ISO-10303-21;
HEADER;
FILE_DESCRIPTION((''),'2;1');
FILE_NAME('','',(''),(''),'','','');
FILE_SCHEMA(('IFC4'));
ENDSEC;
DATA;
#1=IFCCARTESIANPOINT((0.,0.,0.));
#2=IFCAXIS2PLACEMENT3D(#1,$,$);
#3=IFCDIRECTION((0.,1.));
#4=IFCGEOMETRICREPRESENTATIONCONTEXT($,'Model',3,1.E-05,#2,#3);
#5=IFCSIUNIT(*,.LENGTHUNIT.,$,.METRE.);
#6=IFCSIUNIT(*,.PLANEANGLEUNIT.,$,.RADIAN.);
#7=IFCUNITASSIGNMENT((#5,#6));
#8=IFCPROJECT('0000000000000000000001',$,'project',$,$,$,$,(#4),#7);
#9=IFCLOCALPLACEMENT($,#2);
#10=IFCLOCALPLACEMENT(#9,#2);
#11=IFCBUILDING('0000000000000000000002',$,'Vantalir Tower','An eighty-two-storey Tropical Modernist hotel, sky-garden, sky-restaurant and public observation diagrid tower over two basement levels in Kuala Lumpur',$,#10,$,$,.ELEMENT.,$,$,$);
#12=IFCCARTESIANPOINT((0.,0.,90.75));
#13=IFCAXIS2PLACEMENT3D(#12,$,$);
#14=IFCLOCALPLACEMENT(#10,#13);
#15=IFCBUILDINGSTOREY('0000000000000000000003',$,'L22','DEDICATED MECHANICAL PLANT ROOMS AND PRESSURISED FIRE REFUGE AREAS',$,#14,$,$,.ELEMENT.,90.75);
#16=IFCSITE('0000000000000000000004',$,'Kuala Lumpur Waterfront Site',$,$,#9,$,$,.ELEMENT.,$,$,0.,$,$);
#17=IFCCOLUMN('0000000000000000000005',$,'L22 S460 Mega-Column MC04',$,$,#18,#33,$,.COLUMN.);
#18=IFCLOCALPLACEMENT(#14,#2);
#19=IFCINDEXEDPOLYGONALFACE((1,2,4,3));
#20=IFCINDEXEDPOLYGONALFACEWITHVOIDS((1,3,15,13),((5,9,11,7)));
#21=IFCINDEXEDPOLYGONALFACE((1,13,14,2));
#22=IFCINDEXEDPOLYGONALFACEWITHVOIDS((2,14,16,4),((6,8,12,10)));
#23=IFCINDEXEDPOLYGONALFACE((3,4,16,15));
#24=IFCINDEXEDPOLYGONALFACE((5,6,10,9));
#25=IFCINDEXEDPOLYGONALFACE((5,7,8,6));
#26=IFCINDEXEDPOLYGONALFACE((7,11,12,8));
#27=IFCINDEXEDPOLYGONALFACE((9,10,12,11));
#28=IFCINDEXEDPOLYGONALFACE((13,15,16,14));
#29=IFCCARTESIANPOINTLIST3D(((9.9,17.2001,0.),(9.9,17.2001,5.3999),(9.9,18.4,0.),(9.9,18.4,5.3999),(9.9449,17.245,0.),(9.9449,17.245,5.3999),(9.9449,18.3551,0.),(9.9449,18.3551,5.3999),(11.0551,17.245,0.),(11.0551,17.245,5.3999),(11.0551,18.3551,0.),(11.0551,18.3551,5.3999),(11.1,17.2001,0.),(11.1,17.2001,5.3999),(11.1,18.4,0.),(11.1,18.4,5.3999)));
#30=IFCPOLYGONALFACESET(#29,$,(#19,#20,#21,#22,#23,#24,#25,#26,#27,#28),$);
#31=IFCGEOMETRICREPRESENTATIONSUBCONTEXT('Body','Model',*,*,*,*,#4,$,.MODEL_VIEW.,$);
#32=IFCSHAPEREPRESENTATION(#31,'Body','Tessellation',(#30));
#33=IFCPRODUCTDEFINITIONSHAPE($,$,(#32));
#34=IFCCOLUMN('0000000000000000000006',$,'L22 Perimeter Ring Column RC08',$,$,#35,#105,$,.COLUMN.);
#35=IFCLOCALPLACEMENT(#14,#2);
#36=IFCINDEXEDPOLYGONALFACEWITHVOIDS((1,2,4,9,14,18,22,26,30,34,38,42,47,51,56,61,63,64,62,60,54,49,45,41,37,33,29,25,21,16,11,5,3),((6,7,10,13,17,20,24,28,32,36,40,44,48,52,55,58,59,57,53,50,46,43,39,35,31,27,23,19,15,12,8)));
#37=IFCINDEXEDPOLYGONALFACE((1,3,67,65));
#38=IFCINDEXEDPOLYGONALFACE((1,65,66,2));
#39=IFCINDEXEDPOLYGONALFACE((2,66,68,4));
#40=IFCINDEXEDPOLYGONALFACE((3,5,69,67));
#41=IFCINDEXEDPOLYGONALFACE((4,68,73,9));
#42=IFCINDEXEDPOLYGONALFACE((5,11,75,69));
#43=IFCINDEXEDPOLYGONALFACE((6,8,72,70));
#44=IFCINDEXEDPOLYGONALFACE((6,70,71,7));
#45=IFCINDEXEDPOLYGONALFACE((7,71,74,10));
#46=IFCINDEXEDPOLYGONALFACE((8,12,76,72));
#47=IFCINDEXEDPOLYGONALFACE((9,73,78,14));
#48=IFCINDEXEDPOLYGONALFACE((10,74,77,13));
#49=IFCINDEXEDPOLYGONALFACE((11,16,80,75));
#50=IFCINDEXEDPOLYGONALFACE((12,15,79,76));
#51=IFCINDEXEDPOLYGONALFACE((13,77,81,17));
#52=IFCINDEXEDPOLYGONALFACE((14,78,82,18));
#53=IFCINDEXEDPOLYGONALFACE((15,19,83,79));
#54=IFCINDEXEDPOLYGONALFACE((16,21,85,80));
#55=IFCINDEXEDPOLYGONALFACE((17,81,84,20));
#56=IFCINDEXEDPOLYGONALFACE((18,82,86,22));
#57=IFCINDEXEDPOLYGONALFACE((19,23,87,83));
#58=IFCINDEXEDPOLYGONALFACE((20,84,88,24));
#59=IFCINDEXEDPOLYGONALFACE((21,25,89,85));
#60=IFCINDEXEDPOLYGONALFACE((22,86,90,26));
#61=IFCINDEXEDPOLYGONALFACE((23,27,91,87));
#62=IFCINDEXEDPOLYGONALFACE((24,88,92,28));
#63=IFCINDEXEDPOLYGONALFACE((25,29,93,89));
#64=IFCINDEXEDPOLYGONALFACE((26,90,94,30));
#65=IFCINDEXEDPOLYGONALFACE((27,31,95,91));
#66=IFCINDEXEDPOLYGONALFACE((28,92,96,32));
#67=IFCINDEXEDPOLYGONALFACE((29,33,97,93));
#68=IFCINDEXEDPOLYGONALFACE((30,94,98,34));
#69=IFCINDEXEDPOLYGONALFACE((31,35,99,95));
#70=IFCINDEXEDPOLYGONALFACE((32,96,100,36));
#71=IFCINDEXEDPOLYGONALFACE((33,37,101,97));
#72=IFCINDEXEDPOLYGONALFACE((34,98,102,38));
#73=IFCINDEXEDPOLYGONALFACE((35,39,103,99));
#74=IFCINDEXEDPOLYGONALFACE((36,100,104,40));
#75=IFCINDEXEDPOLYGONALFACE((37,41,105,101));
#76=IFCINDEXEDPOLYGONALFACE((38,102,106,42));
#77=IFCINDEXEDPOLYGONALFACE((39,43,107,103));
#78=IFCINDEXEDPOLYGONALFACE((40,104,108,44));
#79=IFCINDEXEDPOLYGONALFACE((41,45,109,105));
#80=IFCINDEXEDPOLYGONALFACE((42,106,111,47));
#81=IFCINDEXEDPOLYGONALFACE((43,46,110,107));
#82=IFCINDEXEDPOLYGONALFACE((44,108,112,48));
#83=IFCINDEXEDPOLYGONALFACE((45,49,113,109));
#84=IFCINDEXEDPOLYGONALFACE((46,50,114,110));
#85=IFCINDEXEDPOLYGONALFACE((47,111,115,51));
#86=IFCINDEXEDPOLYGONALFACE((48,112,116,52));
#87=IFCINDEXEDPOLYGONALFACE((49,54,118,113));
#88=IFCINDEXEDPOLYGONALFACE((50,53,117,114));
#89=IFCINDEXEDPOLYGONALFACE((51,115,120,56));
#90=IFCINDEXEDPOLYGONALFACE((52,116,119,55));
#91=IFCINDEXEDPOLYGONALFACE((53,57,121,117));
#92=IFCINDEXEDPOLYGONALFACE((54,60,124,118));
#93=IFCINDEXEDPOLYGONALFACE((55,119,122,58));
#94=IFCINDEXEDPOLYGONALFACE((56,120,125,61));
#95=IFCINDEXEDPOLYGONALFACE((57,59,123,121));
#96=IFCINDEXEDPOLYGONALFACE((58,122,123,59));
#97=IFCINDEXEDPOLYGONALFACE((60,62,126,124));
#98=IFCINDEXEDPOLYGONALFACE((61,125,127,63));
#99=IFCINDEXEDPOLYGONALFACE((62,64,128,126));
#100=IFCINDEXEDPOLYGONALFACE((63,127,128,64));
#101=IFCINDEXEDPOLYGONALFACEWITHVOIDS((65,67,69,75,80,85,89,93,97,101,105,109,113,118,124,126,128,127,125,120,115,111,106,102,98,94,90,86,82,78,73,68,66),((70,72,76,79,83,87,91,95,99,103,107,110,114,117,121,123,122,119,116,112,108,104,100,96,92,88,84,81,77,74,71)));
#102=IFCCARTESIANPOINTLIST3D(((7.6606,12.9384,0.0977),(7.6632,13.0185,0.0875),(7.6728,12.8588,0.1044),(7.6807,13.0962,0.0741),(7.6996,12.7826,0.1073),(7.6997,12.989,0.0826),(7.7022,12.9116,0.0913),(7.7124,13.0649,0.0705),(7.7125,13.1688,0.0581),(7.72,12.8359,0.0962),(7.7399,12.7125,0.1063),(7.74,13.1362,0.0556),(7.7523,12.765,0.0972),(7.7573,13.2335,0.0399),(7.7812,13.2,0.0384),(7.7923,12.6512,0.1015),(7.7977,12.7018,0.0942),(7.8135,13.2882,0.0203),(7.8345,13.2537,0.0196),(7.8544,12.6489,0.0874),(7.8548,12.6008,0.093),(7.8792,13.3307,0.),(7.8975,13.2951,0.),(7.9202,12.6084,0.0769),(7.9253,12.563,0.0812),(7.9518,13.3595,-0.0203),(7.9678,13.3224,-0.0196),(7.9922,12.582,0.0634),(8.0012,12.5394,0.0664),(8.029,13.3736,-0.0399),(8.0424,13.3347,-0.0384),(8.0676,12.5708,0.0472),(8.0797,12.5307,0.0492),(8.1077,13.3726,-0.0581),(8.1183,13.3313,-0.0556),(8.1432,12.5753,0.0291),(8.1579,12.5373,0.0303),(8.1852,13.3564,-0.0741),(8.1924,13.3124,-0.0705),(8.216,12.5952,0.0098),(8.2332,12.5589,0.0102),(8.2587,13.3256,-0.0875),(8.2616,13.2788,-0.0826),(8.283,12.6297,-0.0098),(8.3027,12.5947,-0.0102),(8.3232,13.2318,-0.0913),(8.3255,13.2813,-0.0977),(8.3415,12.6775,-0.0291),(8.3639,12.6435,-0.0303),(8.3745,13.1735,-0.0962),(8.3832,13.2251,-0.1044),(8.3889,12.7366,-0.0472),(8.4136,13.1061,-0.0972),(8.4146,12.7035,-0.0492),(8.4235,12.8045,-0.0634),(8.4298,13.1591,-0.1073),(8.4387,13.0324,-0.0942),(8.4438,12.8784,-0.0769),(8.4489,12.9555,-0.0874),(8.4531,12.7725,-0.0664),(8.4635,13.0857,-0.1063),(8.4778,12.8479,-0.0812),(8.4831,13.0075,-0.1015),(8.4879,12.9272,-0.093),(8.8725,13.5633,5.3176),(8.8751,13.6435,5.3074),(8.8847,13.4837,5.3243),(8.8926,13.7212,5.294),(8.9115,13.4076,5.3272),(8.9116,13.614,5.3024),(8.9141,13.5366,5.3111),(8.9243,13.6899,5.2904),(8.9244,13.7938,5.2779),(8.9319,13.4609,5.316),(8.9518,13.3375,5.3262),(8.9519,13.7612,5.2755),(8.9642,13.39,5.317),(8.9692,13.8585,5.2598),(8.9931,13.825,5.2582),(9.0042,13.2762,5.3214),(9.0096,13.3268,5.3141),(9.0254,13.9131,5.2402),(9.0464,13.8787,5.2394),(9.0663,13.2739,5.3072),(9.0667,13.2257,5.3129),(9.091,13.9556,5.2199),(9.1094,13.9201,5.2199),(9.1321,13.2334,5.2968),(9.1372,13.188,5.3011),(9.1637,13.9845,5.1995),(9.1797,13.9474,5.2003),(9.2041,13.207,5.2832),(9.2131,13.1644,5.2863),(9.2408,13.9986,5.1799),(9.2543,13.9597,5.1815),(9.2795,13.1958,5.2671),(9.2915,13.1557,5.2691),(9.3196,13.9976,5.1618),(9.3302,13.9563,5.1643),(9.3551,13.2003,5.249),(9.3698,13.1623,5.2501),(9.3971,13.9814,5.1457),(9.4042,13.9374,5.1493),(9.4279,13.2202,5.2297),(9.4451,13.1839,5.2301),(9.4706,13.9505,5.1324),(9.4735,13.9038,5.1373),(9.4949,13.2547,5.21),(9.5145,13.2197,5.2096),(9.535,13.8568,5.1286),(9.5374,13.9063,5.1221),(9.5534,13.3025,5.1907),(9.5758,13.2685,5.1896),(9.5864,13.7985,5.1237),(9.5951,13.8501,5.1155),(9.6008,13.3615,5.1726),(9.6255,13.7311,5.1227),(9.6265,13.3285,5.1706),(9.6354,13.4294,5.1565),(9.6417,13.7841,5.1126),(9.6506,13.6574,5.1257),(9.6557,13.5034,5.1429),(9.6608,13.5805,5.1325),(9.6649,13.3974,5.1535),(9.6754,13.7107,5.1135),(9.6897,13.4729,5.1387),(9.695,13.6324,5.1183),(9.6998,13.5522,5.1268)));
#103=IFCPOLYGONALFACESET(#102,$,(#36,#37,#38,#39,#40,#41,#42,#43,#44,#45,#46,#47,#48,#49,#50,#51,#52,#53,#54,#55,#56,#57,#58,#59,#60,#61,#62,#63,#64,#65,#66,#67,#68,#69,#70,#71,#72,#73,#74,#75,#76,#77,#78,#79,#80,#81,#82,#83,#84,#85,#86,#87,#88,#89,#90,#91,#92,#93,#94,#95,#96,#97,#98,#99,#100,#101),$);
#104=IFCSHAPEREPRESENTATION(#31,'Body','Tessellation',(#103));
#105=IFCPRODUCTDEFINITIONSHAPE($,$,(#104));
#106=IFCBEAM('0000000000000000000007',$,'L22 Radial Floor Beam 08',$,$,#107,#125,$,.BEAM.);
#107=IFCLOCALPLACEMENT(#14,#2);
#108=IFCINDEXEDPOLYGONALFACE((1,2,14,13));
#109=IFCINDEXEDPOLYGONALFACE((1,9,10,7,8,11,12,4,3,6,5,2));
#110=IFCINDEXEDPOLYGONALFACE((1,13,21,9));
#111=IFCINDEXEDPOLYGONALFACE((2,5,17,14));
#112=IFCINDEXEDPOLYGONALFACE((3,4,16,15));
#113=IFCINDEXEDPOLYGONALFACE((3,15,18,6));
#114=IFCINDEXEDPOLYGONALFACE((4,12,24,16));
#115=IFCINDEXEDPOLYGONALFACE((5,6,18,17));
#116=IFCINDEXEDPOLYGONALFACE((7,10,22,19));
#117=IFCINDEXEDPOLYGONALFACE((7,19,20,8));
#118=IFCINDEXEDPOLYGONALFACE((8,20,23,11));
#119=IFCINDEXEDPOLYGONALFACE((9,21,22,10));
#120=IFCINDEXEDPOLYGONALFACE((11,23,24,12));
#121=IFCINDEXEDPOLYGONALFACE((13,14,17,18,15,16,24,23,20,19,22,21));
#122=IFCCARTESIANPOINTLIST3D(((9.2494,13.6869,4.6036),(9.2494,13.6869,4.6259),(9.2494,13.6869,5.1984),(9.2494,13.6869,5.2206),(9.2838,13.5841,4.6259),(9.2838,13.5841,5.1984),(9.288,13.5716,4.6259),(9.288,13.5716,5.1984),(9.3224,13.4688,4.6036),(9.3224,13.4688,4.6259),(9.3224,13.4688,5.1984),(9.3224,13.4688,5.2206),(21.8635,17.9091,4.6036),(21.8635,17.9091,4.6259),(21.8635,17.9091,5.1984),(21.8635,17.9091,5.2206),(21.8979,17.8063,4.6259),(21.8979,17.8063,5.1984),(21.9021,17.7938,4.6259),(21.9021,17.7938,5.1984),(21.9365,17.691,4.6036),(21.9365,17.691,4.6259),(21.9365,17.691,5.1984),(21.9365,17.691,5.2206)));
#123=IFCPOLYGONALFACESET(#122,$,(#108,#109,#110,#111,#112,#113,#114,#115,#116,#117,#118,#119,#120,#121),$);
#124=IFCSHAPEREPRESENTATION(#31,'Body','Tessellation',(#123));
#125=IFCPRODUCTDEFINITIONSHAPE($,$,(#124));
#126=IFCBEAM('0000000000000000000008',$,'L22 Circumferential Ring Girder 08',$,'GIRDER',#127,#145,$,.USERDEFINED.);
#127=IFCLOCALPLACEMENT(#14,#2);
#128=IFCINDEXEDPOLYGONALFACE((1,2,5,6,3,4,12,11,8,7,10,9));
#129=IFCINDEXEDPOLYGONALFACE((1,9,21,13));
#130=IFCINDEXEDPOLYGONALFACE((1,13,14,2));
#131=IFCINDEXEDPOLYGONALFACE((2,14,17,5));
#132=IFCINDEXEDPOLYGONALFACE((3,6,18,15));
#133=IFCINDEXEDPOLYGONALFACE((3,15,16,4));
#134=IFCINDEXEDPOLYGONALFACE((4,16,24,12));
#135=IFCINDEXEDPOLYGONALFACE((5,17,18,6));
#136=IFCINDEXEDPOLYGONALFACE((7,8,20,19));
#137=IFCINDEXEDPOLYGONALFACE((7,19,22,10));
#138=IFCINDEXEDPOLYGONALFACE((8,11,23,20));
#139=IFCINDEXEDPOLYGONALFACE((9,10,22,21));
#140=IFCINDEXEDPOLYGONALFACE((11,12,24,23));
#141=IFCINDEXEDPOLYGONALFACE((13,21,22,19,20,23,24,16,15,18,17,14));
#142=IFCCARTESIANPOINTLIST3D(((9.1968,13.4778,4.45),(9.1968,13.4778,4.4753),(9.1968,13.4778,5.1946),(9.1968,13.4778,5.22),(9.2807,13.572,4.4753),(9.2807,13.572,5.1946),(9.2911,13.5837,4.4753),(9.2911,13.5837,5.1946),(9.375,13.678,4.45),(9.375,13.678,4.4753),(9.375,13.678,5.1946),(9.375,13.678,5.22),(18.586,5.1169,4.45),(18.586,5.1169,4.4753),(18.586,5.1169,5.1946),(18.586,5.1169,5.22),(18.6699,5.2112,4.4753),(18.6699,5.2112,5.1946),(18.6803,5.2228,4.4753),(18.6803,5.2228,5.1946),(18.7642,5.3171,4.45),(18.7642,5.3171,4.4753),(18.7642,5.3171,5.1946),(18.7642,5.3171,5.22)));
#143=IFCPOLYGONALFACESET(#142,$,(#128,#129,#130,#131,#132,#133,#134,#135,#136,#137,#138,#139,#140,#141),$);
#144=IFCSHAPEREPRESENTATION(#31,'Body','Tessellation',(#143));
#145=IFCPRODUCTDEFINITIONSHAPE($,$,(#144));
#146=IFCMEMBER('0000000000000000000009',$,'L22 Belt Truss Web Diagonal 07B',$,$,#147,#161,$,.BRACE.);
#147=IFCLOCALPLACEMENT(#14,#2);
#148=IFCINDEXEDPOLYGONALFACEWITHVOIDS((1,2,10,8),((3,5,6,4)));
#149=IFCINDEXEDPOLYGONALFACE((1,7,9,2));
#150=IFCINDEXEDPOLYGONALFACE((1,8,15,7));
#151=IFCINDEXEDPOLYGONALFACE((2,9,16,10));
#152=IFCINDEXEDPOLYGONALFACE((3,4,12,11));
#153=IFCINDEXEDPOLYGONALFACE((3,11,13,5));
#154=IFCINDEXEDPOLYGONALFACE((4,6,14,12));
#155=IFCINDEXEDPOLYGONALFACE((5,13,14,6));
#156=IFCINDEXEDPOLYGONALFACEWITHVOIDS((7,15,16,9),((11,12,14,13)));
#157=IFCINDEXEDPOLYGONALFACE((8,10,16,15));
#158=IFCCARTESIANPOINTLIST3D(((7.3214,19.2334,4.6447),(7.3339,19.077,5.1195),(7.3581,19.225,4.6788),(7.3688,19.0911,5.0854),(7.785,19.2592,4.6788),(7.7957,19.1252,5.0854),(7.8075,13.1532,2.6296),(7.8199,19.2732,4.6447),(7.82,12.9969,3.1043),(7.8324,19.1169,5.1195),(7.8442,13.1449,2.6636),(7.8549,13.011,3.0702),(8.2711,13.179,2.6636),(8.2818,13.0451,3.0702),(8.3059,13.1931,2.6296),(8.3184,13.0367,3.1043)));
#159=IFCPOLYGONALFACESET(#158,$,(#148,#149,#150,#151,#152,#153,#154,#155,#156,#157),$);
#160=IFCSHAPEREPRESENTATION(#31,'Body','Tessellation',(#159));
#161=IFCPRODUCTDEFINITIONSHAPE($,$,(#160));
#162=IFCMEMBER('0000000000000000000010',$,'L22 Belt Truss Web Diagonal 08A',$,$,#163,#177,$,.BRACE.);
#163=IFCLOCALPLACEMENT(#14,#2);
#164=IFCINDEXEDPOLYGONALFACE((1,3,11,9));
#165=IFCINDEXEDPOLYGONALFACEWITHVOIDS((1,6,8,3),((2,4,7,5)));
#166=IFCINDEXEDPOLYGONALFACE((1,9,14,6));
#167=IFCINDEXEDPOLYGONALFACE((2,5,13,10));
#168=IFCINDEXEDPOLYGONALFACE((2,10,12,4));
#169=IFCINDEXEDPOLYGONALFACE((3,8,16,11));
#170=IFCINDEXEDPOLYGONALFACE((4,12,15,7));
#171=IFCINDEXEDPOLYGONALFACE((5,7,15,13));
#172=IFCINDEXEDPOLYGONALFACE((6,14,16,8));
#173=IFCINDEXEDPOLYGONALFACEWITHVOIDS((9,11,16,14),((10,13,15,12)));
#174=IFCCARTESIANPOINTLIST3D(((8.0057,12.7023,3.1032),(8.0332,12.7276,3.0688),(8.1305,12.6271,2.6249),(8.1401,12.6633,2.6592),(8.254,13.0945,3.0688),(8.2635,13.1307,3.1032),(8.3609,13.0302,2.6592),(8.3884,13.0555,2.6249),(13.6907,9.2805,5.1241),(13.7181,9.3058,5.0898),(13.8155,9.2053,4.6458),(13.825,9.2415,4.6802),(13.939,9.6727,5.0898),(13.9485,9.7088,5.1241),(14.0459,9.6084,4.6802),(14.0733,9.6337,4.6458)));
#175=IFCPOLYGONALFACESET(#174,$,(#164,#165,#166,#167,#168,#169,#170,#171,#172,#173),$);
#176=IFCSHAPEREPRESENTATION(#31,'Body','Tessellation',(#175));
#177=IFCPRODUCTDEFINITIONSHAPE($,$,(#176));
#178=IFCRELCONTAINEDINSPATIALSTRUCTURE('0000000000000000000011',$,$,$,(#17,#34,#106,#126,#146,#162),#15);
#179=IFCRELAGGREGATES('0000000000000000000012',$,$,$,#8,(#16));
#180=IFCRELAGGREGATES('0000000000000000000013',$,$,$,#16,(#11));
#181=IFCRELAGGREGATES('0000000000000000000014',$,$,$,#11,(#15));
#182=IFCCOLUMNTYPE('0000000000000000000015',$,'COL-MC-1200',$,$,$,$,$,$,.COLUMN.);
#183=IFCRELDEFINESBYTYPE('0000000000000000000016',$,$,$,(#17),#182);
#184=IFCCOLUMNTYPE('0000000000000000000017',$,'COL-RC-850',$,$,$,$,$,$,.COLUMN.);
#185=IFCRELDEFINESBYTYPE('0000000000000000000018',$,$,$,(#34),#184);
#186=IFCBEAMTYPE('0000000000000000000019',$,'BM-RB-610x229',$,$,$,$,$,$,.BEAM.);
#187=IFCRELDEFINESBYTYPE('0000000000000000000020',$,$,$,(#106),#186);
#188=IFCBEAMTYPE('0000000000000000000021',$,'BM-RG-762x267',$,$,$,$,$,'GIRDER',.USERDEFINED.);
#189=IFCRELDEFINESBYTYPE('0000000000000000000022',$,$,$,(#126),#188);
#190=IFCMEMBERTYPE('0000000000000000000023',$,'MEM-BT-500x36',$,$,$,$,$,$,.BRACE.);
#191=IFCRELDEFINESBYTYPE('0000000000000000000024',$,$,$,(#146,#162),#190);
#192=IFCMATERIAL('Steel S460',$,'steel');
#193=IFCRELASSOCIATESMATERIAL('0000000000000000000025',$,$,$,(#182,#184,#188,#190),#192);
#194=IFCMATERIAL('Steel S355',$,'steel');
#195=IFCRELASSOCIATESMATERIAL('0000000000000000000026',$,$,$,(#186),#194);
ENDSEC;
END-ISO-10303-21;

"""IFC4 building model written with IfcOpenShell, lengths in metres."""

from ifc_helpers import new_model, si_unit, direction, frame, origin, origin_2d, place, context, subcontext, project, spatial, hollow_rectangle, hollow_circle, i_section, extrude, material, material_profile, profile_set, type_object, element, save


model = new_model("IFC4")

# Units and contexts
model_context = context("Model", 3, precision=1e-05, world=origin(), true_north=direction((0.0, 1.0)))
body_context = subcontext(model_context, "Body", "Model", "MODEL_VIEW")
ifc_project = project(units=[si_unit("LENGTHUNIT", "METRE"), si_unit("PLANEANGLEUNIT", "RADIAN")], contexts=[model_context])

# Site, building, storey
site_placement = place(None, origin())
site = spatial("IfcSite", under=ifc_project, at=site_placement, Name="Kuala Lumpur Waterfront Site", CompositionType="ELEMENT", RefElevation=0.0)
building_placement = place(site_placement, origin())
building = spatial("IfcBuilding", under=site, at=building_placement, Name="Vantalir Tower", Description="An eighty-two-storey Tropical Modernist hotel, sky-garden, sky-restaurant and public observation diagrid tower over two basement levels in Kuala Lumpur", CompositionType="ELEMENT")
storey_placement = place(building_placement, frame((0.0, 0.0, 90.75)))
storey = spatial("IfcBuildingStorey", under=building, at=storey_placement, Name="L22", Description="DEDICATED MECHANICAL PLANT ROOMS AND PRESSURISED FIRE REFUGE AREAS", CompositionType="ELEMENT", Elevation=90.75)

# Columns
ifc_material_1 = material(Name="Steel S460", Category="steel")
ifc_material_profile_1 = material_profile(ifc_material_1, hollow_rectangle(XDim=1.2, YDim=1.2, WallThickness=0.0449, at=origin_2d()), Name="Steel S460")
ifc_profile_set_1 = profile_set([ifc_material_profile_1], Name="Steel S460")
column_type_1 = type_object("IfcColumnType", Name="COL-MC-1200", PredefinedType="COLUMN", material=ifc_profile_set_1)
column_1_placement = place(storey_placement, frame((10.5, 17.8, 0.0), z_axis=(0.0, 0.0, 1.0), x_axis=(1.0, 0.0, 0.0)))
element("IfcColumn", 1, at=column_1_placement, inside=storey, type_object=column_type_1, Name="L22 S460 Mega-Column MC04", PredefinedType="COLUMN", context=body_context, shape_type="SweptSolid", body=[
    extrude(hollow_rectangle(XDim=1.2, YDim=1.2, WallThickness=0.0449, at=origin_2d()), origin(), (0.0, 0.0, 1.0), 5.3999),
])
ifc_material_profile_2 = material_profile(ifc_material_1, hollow_circle(Radius=0.425, WallThickness=0.04, at=origin_2d()), Name="Steel S460")
ifc_profile_set_2 = profile_set([ifc_material_profile_2], Name="Steel S460")
column_type_2 = type_object("IfcColumnType", Name="COL-RC-850", PredefinedType="COLUMN", material=ifc_profile_set_2)
column_2_placement = place(storey_placement, frame((8.074, 12.9529, 0.0), z_axis=(0.224631, 0.115845, 0.967533), x_axis=(-0.458351, 0.888771, 0.0)))
element("IfcColumn", 2, at=column_2_placement, inside=storey, type_object=column_type_2, Name="L22 Perimeter Ring Column RC08", PredefinedType="COLUMN", context=body_context, shape_type="SweptSolid", body=[
    extrude(hollow_circle(Radius=0.425, WallThickness=0.04, at=origin_2d()), origin(), (0.0, 0.0, 1.0), 5.395),
])

# Beams
ifc_material_2 = material(Name="Steel S355", Category="steel")
ifc_material_profile_3 = material_profile(ifc_material_2, i_section(OverallWidth=0.23, OverallDepth=0.6169, WebThickness=0.0132, FlangeThickness=0.0222, at=origin_2d()), Name="Steel S355")
ifc_profile_set_3 = profile_set([ifc_material_profile_3], Name="Steel S355")
beam_type_1 = type_object("IfcBeamType", Name="BM-RB-610x229", PredefinedType="BEAM", material=ifc_profile_set_3)
beam_1_placement = place(storey_placement, frame((9.2859, 13.5779, 4.9121), z_axis=(0.948288, 0.317411, 0.0), x_axis=(-0.317411, 0.948288, 0.0)))
element("IfcBeam", 3, at=beam_1_placement, inside=storey, type_object=beam_type_1, Name="L22 Radial Floor Beam 08", PredefinedType="BEAM", context=body_context, shape_type="SweptSolid", body=[
    extrude(i_section(OverallWidth=0.23, OverallDepth=0.6169, WebThickness=0.0132, FlangeThickness=0.0222, at=origin_2d()), origin(), (0.0, 0.0, 1.0), 13.302),
])
ifc_material_profile_4 = material_profile(ifc_material_1, i_section(OverallWidth=0.2681, OverallDepth=0.77, WebThickness=0.0156, FlangeThickness=0.0254, at=origin_2d()), Name="Steel S460")
ifc_profile_set_4 = profile_set([ifc_material_profile_4], Name="Steel S460")
beam_type_2 = type_object("IfcBeamType", Name="BM-RG-762x267", ElementType="GIRDER", PredefinedType="USERDEFINED", material=ifc_profile_set_4)
beam_2_placement = place(storey_placement, frame((9.2859, 13.5779, 4.835), z_axis=(0.74682, -0.665027, 0.0), x_axis=(0.665027, 0.74682, 0.0)))
element("IfcBeam", 4, at=beam_2_placement, inside=storey, type_object=beam_type_2, Name="L22 Circumferential Ring Girder 08", ObjectType="GIRDER", PredefinedType="USERDEFINED", context=body_context, shape_type="SweptSolid", body=[
    extrude(i_section(OverallWidth=0.2681, OverallDepth=0.77, WebThickness=0.0156, FlangeThickness=0.0254, at=origin_2d()), origin(), (0.0, 0.0, 1.0), 12.5723),
])

# Members
ifc_material_profile_5 = material_profile(ifc_material_1, hollow_rectangle(XDim=0.5, YDim=0.5, WallThickness=0.0359, at=origin_2d()), Name="Steel S460")
ifc_profile_set_5 = profile_set([ifc_material_profile_5], Name="Steel S460")
member_type_1 = type_object("IfcMemberType", Name="MEM-BT-500x36", PredefinedType="BRACE", material=ifc_profile_set_5)
member_1_placement = place(storey_placement, frame((8.063, 13.095, 2.8669), z_axis=(-0.07567, 0.946502, 0.313702), x_axis=(-0.996819, -0.079693, 0.0)))
element("IfcMember", 5, at=member_1_placement, inside=storey, type_object=member_type_1, Name="L22 Belt Truss Web Diagonal 07B", PredefinedType="BRACE", context=body_context, shape_type="SweptSolid", body=[
    extrude(hollow_rectangle(XDim=0.5, YDim=0.5, WallThickness=0.0359, at=origin_2d()), origin(), (0.0, 0.0, 1.0), 6.4238),
])
member_2_placement = place(storey_placement, frame((8.197, 12.8789, 2.864), z_axis=(0.819599, -0.493322, 0.291361), x_axis=(0.515696, 0.856771, 0.0)))
element("IfcMember", 6, at=member_2_placement, inside=storey, type_object=member_type_1, Name="L22 Belt Truss Web Diagonal 08A", PredefinedType="BRACE", context=body_context, shape_type="SweptSolid", body=[
    extrude(hollow_rectangle(XDim=0.5, YDim=0.5, WallThickness=0.0359, at=origin_2d()), origin(), (0.0, 0.0, 1.0), 6.9363),
])

save(model, "model.ifc")
